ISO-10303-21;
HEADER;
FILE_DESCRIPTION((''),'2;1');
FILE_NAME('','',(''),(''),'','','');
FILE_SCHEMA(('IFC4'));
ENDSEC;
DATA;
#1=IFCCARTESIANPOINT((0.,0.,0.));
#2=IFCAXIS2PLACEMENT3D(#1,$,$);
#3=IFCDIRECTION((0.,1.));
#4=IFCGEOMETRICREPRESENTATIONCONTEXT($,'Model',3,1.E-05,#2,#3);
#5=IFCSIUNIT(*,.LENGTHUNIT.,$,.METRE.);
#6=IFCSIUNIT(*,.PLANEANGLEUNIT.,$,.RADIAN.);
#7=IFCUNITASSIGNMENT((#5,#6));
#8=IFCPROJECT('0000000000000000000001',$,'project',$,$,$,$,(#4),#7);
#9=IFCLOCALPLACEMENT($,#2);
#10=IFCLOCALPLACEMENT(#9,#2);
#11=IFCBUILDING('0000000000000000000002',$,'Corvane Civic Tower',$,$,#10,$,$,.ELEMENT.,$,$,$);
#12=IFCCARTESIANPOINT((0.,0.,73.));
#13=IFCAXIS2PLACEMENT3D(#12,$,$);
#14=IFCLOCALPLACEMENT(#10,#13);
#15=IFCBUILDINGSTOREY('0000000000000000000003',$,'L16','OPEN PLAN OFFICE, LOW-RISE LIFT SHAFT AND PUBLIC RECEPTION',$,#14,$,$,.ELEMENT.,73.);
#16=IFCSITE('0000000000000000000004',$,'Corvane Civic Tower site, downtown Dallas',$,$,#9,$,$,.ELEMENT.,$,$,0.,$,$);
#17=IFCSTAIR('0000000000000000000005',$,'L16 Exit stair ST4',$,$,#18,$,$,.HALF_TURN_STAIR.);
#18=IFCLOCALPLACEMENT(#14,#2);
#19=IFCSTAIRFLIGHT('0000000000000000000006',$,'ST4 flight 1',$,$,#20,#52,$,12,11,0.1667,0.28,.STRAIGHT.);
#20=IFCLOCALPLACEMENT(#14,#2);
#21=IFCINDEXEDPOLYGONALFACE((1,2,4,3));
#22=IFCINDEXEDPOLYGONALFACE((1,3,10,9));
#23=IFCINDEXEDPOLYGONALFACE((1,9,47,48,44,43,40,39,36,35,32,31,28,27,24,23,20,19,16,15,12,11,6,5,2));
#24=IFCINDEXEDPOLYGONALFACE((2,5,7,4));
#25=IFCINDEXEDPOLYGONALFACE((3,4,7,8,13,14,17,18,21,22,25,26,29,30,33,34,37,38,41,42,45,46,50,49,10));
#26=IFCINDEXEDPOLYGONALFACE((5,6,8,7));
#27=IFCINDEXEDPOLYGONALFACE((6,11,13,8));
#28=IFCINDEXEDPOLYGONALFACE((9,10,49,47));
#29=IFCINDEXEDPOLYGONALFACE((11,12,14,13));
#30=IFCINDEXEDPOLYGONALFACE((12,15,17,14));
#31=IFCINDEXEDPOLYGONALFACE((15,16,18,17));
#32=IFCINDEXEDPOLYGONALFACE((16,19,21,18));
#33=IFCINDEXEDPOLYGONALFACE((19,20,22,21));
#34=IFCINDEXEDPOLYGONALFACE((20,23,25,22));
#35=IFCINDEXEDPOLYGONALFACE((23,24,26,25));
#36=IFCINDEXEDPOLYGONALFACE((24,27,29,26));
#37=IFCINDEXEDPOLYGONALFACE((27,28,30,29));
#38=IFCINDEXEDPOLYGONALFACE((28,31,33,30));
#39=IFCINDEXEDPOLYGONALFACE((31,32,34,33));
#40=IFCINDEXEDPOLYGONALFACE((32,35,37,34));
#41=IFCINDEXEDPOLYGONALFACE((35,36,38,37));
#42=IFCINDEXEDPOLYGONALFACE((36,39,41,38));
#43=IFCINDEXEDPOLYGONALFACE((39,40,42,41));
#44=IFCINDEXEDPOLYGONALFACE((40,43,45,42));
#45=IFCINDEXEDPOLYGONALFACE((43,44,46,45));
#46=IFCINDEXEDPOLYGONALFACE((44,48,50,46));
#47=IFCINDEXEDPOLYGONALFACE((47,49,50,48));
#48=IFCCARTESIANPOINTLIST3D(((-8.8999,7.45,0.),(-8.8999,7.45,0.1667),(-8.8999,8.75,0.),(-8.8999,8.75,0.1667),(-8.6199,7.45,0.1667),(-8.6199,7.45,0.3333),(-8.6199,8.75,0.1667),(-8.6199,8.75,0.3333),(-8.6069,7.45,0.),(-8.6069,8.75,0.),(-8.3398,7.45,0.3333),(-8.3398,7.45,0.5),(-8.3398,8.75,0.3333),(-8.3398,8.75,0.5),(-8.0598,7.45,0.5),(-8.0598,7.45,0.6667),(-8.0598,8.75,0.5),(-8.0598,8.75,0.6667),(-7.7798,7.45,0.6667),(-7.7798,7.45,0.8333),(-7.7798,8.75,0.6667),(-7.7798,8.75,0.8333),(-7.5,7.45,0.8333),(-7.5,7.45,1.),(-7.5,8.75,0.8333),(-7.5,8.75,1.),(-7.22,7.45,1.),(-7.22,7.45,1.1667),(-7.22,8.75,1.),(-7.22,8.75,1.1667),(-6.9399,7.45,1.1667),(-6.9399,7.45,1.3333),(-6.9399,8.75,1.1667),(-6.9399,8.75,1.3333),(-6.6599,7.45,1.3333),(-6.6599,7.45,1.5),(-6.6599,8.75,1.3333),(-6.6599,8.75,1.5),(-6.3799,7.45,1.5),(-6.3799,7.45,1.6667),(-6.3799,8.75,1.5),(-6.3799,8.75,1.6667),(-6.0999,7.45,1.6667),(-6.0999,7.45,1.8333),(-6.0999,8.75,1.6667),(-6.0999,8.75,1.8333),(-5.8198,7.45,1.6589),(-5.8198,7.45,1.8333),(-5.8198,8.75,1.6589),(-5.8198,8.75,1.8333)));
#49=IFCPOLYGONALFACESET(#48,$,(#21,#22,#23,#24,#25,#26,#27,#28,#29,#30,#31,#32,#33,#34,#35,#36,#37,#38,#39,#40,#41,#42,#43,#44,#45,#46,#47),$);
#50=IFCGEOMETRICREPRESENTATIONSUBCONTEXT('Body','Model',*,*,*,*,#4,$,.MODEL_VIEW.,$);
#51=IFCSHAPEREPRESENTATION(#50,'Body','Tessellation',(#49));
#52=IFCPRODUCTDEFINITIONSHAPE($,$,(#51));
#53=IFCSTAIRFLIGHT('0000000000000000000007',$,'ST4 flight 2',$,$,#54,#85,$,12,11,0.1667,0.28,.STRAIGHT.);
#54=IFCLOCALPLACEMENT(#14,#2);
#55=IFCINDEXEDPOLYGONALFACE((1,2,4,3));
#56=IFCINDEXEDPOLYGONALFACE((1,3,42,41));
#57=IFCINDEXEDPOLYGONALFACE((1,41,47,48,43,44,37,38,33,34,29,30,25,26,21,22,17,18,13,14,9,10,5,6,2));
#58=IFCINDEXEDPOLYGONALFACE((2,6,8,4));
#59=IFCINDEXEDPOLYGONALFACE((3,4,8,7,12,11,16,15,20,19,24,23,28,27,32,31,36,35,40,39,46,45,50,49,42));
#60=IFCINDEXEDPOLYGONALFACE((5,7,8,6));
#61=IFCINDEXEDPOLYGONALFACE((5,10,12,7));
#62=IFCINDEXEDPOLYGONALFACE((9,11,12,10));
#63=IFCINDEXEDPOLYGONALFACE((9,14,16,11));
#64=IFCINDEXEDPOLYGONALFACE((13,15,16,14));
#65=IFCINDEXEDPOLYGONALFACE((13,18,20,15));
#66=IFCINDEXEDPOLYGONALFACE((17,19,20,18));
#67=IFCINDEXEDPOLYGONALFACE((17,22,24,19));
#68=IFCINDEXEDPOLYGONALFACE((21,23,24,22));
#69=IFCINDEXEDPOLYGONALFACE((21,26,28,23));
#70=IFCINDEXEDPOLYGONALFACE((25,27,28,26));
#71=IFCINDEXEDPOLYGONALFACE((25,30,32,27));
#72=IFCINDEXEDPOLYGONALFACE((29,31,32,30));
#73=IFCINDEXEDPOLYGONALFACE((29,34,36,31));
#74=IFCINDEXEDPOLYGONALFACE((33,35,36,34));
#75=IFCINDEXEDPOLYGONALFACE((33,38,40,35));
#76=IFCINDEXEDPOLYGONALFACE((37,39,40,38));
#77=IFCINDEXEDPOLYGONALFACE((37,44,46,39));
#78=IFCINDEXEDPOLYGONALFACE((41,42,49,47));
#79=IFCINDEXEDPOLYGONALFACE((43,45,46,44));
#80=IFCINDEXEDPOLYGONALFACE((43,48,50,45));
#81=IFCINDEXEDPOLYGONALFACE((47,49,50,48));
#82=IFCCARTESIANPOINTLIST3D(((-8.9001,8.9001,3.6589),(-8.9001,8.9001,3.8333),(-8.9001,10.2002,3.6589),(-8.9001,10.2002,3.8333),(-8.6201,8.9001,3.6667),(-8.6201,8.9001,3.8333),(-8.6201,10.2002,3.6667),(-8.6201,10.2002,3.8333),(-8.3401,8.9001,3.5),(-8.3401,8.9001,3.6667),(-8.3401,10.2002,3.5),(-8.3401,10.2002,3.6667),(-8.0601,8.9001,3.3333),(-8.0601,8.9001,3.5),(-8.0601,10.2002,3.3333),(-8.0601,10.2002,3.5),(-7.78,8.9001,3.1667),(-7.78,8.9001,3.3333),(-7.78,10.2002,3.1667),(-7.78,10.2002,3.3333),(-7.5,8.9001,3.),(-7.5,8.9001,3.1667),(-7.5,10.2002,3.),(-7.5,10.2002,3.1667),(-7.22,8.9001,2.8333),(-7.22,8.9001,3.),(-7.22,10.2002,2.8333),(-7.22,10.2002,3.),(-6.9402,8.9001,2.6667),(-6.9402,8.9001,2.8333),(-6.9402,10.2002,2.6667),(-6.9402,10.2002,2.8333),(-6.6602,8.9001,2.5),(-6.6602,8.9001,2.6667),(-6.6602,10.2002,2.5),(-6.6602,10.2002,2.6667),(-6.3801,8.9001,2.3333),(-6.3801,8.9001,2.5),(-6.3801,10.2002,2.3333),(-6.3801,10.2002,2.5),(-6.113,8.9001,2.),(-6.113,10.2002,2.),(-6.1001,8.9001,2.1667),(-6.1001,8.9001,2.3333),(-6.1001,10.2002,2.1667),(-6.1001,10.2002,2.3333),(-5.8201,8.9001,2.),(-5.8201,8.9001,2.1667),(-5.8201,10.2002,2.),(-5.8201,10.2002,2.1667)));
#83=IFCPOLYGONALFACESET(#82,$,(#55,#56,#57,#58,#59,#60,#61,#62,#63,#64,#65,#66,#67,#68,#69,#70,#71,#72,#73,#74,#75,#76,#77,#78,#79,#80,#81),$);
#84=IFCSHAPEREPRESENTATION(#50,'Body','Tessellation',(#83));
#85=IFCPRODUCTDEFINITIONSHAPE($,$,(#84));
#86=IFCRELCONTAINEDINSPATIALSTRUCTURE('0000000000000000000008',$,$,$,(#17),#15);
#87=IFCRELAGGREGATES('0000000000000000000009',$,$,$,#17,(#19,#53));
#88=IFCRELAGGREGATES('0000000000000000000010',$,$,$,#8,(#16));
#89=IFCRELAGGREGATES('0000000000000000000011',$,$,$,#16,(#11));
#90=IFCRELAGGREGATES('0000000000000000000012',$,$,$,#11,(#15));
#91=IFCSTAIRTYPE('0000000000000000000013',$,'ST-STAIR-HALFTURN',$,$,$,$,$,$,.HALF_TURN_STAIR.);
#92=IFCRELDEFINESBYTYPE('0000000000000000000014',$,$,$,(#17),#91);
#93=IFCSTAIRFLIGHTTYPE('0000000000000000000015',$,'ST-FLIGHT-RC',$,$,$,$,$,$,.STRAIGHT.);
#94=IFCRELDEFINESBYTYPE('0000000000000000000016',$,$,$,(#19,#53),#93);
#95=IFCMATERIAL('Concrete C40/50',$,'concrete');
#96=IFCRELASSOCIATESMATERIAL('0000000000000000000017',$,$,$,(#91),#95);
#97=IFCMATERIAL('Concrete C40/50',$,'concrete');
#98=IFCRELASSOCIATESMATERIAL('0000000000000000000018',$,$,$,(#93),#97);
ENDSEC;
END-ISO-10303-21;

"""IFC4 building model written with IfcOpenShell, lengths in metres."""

from ifc_helpers import new_model, si_unit, direction, frame, origin, place, context, subcontext, project, spatial, polyline, outline, extrude, material, type_object, element, aggregate, save


model = new_model("IFC4")

# Units and contexts
model_context = context("Model", 3, precision=1e-05, world=origin(), true_north=direction((0.0, 1.0)))
body_context = subcontext(model_context, "Body", "Model", "MODEL_VIEW")
ifc_project = project(units=[si_unit("LENGTHUNIT", "METRE"), si_unit("PLANEANGLEUNIT", "RADIAN")], contexts=[model_context])

# Site, building, storey
site_placement = place(None, origin())
site = spatial("IfcSite", under=ifc_project, at=site_placement, Name="Corvane Civic Tower site, downtown Dallas", CompositionType="ELEMENT", RefElevation=0.0)
building_placement = place(site_placement, origin())
building = spatial("IfcBuilding", under=site, at=building_placement, Name="Corvane Civic Tower", CompositionType="ELEMENT")
storey_placement = place(building_placement, frame((0.0, 0.0, 73.0)))
storey = spatial("IfcBuildingStorey", under=building, at=storey_placement, Name="L16", Description="OPEN PLAN OFFICE, LOW-RISE LIFT SHAFT AND PUBLIC RECEPTION", CompositionType="ELEMENT", Elevation=73.0)

# Stair
ifc_material_1 = material(Name="Concrete C40/50", Category="concrete")
stair_type = type_object("IfcStairType", Name="ST-STAIR-HALFTURN", PredefinedType="HALF_TURN_STAIR", material=ifc_material_1)
stair_1_placement = place(storey_placement, origin())
stair_1 = element("IfcStair", 1, at=stair_1_placement, inside=storey, type_object=stair_type, Name="L16 Exit stair ST4", PredefinedType="HALF_TURN_STAIR")

# Stair flights
ifc_material_2 = material(Name="Concrete C40/50", Category="concrete")
stair_flight_type = type_object("IfcStairFlightType", Name="ST-FLIGHT-RC", PredefinedType="STRAIGHT", material=ifc_material_2)
stair_flight_1_placement = place(storey_placement, frame((-8.8999, 8.1001, 0.0), z_axis=(0.0, 0.0, 1.0), x_axis=(1.0, 0.0, 0.0)))
stair_flight_1 = element("IfcStairFlight", 2, at=stair_flight_1_placement, type_object=stair_flight_type, Name="ST4 flight 1", NumberOfRisers=12, NumberOfTreads=11, PredefinedType="STRAIGHT", RiserHeight=0.1667, TreadLength=0.28, context=body_context, shape_type="SweptSolid", body=[
    extrude(outline(polyline([(0.0, 0.0), (0.0, 0.1667), (0.28, 0.1667), (0.28, 0.3333), (0.5601, 0.3333), (0.5601, 0.5), (0.8401, 0.5), (0.8401, 0.6667), (1.1201, 0.6667), (1.1201, 0.8333), (1.3999, 0.8333), (1.3999, 1.0), (1.6799, 1.0), (1.6799, 1.1667), (1.96, 1.1667), (1.96, 1.3333), (2.24, 1.3333), (2.24, 1.5), (2.52, 1.5), (2.52, 1.6667), (2.8, 1.6667), (2.8, 1.8333), (3.0801, 1.8333), (3.0801, 2.0), (3.0801, 1.6589), (0.293, 0.0), (0.0, 0.0)])), frame((0.0, 0.6499, 0.0), z_axis=(0.0, -1.0, 0.0), x_axis=(1.0, 0.0, 0.0)), (0.0, 0.0, 1.0), 1.3),
])
stair_flight_2_placement = place(storey_placement, frame((-5.8201, 9.55, 2.0), z_axis=(0.0, 0.0, 1.0), x_axis=(-1.0, 0.0, 0.0)))
stair_flight_2 = element("IfcStairFlight", 3, at=stair_flight_2_placement, type_object=stair_flight_type, Name="ST4 flight 2", NumberOfRisers=12, NumberOfTreads=11, PredefinedType="STRAIGHT", RiserHeight=0.1667, TreadLength=0.28, context=body_context, shape_type="SweptSolid", body=[
    extrude(outline(polyline([(0.0, 0.0), (0.0, 0.1667), (0.28, 0.1667), (0.28, 0.3333), (0.5601, 0.3333), (0.5601, 0.5), (0.8401, 0.5), (0.8401, 0.6667), (1.1201, 0.6667), (1.1201, 0.8333), (1.3999, 0.8333), (1.3999, 1.0), (1.6799, 1.0), (1.6799, 1.1667), (1.96, 1.1667), (1.96, 1.3333), (2.24, 1.3333), (2.24, 1.5), (2.52, 1.5), (2.52, 1.6667), (2.8, 1.6667), (2.8, 1.8333), (3.0801, 1.8333), (3.0801, 2.0), (3.0801, 1.6589), (0.293, 0.0), (0.0, 0.0)])), frame((0.0, 0.6499, 0.0), z_axis=(0.0, -1.0, 0.0), x_axis=(1.0, 0.0, 0.0)), (0.0, 0.0, 1.0), 1.3),
])
aggregate(stair_1, [stair_flight_1, stair_flight_2])

save(model, "model.ifc")
